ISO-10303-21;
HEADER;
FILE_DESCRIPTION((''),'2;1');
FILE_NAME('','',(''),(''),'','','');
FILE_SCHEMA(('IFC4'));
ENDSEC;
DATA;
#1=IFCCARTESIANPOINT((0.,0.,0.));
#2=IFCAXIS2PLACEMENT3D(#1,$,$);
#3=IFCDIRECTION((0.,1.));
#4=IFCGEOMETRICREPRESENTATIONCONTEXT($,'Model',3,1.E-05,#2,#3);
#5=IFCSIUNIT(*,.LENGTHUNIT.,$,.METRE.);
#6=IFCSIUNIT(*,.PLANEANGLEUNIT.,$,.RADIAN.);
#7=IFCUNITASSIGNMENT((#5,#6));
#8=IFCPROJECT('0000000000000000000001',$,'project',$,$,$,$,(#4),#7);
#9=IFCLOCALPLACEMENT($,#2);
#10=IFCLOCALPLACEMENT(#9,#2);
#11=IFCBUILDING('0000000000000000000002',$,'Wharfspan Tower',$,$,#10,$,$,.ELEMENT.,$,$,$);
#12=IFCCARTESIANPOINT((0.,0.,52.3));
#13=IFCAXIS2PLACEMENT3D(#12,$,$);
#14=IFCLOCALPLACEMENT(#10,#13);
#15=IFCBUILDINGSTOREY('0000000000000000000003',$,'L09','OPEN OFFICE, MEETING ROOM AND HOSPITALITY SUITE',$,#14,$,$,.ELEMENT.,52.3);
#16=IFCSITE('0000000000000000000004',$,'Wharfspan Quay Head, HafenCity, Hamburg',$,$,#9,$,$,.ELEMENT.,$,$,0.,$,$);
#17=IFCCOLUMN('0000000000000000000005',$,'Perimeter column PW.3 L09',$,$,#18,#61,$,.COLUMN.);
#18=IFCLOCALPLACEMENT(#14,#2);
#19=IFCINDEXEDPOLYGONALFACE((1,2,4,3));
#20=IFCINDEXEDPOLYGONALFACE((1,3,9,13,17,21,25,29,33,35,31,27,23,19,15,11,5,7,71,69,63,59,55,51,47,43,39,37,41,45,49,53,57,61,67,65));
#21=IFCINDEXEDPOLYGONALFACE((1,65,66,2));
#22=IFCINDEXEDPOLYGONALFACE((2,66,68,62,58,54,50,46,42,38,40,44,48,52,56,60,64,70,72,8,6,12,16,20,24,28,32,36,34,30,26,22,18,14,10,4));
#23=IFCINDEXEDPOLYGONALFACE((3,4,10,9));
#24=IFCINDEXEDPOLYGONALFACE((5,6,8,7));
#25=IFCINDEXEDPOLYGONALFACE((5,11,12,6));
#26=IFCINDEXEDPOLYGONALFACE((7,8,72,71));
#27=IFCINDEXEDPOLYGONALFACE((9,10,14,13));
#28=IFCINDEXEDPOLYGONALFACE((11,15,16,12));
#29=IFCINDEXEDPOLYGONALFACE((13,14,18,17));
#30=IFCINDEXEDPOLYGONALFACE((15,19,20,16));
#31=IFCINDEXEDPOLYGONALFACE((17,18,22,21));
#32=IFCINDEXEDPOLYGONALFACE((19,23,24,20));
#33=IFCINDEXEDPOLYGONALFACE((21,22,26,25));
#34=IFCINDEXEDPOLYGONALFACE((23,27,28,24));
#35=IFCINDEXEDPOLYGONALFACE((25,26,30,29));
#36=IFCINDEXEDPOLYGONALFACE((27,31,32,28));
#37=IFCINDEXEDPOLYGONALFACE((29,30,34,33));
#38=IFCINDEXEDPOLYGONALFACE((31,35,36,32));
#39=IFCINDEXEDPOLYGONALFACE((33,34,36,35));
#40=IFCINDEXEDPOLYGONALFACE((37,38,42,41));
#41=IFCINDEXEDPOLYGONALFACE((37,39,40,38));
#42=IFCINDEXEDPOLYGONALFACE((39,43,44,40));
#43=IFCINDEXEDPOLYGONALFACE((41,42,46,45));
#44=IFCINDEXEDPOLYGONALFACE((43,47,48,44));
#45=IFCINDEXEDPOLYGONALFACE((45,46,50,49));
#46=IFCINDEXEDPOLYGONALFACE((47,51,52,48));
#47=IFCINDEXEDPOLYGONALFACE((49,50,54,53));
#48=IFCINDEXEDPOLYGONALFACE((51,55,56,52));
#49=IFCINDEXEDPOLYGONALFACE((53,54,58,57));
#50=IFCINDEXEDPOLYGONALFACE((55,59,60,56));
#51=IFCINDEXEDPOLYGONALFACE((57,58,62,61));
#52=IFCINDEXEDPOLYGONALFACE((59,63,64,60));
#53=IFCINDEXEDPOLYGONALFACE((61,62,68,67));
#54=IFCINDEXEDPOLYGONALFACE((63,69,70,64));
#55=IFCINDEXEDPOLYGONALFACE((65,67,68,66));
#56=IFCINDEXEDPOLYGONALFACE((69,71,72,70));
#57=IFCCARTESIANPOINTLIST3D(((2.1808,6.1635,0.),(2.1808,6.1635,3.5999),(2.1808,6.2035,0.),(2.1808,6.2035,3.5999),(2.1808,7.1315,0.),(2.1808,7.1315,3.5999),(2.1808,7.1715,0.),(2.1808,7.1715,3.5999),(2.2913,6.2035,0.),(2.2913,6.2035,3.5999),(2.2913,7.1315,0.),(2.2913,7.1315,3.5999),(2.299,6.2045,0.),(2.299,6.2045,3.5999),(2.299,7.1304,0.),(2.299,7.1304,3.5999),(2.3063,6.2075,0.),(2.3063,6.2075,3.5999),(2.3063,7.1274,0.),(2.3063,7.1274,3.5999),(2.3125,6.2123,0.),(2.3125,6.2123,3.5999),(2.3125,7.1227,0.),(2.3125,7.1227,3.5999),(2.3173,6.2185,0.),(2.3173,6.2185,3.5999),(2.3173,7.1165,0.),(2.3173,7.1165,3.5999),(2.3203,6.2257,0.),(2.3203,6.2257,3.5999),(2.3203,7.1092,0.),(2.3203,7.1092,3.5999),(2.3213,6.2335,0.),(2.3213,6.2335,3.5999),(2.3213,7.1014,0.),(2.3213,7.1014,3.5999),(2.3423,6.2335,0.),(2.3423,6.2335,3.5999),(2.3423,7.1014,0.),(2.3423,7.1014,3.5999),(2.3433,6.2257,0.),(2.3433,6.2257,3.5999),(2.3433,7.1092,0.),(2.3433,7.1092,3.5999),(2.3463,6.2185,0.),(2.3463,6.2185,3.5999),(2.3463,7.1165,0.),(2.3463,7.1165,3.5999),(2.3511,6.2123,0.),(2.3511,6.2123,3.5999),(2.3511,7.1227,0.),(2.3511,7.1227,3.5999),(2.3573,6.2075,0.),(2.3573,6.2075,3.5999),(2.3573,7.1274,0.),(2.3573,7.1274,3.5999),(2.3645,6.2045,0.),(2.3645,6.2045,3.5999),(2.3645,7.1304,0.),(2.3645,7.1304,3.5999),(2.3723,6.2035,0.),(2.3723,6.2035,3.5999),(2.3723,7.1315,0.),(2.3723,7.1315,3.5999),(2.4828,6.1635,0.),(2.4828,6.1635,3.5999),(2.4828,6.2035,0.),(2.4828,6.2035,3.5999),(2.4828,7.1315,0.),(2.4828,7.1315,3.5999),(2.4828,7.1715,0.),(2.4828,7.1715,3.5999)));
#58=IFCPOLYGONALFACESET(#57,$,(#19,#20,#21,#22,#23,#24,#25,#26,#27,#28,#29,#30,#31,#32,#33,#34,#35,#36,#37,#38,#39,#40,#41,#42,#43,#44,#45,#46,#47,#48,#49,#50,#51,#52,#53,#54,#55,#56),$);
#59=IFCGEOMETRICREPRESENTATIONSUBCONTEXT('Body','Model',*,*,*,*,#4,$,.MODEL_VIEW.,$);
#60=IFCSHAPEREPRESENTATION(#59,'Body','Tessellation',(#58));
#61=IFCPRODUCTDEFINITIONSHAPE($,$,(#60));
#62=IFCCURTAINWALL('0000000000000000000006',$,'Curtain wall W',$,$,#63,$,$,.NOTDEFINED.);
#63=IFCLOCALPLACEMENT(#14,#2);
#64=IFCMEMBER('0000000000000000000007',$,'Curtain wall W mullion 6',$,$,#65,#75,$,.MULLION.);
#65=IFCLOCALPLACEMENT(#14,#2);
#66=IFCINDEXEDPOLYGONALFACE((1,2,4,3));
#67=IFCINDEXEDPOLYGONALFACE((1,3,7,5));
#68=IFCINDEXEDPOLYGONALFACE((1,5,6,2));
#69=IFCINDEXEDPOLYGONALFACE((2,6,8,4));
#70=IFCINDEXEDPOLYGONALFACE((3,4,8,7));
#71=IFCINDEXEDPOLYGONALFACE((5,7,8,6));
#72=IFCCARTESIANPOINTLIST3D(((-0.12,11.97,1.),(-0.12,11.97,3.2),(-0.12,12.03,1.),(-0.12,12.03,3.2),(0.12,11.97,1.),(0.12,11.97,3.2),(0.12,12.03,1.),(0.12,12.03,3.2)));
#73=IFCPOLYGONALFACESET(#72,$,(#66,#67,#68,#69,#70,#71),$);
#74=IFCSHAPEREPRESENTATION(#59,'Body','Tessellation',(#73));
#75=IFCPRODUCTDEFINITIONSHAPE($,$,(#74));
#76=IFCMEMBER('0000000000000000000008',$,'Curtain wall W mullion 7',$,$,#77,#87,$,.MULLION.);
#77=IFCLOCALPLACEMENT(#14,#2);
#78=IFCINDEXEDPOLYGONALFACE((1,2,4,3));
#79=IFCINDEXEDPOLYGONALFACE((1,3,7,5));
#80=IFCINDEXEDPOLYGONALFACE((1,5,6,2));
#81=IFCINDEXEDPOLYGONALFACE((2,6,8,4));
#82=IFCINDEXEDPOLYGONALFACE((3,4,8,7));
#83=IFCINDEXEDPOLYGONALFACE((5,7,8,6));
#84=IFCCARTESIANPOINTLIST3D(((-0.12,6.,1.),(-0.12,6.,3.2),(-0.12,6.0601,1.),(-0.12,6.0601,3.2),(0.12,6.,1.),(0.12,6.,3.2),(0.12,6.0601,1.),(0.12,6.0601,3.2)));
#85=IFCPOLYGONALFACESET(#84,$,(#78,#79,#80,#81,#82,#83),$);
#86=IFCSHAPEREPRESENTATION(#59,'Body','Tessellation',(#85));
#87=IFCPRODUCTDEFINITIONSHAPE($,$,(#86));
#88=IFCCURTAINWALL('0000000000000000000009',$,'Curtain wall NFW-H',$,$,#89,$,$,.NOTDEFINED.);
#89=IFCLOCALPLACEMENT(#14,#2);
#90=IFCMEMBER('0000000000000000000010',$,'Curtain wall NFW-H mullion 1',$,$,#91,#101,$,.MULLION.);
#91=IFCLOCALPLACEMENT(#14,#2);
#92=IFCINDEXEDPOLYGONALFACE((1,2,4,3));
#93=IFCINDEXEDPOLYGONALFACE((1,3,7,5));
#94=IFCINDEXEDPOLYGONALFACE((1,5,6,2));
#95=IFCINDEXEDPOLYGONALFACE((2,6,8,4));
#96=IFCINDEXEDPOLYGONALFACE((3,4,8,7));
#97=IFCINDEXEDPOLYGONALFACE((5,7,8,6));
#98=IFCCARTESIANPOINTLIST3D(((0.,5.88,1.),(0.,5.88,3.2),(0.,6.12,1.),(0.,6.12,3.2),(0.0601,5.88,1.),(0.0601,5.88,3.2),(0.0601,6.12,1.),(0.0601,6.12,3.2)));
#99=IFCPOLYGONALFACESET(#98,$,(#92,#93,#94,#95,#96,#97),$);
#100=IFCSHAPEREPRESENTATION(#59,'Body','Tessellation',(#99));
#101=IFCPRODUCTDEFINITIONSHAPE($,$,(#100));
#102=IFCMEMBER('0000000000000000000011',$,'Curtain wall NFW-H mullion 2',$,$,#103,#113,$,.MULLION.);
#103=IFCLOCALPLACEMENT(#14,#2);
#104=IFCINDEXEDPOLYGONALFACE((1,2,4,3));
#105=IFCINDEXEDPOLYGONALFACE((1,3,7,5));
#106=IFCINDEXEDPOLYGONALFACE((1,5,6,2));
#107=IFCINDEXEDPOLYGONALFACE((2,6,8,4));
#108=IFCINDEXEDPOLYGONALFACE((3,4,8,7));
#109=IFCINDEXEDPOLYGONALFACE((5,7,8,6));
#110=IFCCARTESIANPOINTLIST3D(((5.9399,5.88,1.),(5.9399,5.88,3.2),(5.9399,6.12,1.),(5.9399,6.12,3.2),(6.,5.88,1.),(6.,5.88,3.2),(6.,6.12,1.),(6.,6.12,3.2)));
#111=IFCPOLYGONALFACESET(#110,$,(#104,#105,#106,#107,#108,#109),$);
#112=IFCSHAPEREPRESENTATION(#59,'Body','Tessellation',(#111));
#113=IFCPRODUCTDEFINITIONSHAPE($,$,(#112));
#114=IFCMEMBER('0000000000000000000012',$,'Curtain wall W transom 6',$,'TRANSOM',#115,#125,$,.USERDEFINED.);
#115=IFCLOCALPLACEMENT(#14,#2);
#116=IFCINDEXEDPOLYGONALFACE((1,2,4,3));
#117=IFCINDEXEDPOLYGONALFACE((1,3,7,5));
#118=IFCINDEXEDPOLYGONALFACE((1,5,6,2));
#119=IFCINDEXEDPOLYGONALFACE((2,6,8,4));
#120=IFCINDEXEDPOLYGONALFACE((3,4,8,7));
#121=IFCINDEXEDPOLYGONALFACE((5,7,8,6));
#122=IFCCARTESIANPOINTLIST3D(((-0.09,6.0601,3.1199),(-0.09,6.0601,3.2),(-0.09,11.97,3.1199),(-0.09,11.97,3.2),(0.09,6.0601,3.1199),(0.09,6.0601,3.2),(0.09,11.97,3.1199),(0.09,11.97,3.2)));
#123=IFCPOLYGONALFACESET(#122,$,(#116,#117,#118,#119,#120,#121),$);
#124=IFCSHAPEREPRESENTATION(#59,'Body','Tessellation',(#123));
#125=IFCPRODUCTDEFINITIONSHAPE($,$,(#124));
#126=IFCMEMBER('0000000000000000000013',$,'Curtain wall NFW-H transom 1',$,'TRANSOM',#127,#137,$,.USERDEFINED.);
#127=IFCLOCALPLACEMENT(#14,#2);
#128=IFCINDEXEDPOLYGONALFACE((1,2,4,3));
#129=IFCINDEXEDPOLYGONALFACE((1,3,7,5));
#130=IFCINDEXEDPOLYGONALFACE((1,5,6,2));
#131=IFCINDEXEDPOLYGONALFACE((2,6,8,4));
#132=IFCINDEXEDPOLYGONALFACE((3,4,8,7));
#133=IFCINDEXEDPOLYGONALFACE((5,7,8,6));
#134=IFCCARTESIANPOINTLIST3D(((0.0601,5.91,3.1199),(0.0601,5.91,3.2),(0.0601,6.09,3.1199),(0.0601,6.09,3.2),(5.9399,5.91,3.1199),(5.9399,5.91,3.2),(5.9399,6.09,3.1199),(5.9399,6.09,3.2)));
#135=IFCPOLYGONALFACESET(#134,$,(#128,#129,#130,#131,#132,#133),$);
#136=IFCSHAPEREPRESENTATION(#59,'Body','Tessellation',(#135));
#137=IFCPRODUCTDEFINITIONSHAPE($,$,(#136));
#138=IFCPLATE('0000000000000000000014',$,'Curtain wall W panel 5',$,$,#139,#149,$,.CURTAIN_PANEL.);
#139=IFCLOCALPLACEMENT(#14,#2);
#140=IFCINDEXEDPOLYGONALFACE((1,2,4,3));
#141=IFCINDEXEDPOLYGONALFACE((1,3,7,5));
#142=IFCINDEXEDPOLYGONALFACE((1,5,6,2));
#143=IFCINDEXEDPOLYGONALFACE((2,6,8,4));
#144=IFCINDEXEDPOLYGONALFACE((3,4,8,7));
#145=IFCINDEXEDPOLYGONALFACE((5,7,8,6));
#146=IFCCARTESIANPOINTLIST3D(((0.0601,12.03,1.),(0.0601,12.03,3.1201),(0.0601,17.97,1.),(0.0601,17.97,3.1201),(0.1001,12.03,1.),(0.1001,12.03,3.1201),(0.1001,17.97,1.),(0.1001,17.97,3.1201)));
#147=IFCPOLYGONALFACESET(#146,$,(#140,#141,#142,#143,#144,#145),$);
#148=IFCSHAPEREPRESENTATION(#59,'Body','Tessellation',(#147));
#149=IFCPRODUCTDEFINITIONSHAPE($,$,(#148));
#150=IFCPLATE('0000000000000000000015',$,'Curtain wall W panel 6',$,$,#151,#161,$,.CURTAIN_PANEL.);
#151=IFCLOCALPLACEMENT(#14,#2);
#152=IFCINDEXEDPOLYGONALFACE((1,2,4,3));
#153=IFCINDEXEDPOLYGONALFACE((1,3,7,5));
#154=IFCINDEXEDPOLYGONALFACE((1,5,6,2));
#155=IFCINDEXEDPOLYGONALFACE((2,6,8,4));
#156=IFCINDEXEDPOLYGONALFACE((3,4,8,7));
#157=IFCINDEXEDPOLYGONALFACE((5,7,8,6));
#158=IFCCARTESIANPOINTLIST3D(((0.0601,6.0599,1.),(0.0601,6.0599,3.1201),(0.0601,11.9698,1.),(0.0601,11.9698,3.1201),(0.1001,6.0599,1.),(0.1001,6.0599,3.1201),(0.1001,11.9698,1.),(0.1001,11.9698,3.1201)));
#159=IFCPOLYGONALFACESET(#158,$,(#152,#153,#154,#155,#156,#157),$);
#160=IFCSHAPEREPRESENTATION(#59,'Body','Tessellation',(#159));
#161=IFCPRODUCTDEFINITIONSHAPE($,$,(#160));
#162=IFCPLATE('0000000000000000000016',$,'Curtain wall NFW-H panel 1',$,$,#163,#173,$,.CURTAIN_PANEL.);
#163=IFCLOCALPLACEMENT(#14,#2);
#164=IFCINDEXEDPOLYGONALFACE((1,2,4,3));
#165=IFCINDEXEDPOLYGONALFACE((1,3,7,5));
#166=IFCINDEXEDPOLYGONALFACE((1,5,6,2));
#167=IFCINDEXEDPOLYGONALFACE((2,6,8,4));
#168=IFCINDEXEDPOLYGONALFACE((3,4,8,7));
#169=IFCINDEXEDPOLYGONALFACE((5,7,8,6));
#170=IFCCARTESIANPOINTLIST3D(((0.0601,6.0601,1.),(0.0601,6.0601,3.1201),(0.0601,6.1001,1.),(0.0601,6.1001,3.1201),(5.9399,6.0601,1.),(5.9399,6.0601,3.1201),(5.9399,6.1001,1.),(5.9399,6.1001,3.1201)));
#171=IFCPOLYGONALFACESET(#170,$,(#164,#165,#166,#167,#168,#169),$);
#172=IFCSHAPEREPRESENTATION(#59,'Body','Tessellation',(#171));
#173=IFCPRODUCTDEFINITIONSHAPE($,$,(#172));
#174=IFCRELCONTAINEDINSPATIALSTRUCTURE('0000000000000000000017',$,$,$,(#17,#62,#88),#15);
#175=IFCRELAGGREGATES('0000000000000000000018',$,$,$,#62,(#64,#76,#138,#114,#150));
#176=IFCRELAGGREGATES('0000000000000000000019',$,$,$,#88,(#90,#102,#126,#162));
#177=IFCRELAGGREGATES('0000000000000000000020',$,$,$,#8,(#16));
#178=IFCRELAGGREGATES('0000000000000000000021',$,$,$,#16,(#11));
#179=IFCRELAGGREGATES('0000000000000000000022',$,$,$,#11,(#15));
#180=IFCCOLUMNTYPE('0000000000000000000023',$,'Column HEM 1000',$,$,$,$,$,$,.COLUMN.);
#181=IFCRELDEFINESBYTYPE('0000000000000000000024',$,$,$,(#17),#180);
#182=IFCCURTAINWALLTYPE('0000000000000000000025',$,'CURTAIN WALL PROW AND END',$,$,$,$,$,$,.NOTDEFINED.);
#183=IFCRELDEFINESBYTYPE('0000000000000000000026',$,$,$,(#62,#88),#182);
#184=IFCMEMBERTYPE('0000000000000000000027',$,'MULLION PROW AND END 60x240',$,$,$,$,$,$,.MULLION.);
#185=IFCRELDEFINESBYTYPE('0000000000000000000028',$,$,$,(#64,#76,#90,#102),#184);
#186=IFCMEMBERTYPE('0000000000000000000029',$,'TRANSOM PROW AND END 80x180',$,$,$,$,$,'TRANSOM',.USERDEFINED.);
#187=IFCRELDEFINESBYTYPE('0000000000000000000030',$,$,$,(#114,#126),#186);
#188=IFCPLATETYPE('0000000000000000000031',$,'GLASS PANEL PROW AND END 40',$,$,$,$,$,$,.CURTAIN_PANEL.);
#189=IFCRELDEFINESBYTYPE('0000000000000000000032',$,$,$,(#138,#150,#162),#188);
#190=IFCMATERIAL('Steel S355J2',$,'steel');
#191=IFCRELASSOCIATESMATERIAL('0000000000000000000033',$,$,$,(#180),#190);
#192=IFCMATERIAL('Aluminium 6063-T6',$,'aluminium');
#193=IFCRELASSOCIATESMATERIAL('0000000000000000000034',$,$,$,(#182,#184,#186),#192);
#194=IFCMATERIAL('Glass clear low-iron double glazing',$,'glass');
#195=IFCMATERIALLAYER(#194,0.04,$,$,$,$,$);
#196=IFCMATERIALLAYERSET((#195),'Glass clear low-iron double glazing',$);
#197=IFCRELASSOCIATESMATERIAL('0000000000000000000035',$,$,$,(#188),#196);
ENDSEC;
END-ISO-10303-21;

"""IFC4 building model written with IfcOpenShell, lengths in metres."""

from ifc_helpers import new_model, si_unit, direction, frame, origin, origin_2d, place, context, subcontext, project, spatial, rectangle, i_section, extrude, material, layer, layer_set, material_profile, profile_set, type_object, element, aggregate, save


model = new_model("IFC4")

# Units and contexts
model_context = context("Model", 3, precision=1e-05, world=origin(), true_north=direction((0.0, 1.0)))
body_context = subcontext(model_context, "Body", "Model", "MODEL_VIEW")
ifc_project = project(units=[si_unit("LENGTHUNIT", "METRE"), si_unit("PLANEANGLEUNIT", "RADIAN")], contexts=[model_context])

# Site, building, storey
site_placement = place(None, origin())
site = spatial("IfcSite", under=ifc_project, at=site_placement, Name="Wharfspan Quay Head, HafenCity, Hamburg", CompositionType="ELEMENT", RefElevation=0.0)
building_placement = place(site_placement, origin())
building = spatial("IfcBuilding", under=site, at=building_placement, Name="Wharfspan Tower", CompositionType="ELEMENT")
storey_placement = place(building_placement, frame((0.0, 0.0, 52.3)))
storey = spatial("IfcBuildingStorey", under=building, at=storey_placement, Name="L09", Description="OPEN OFFICE, MEETING ROOM AND HOSPITALITY SUITE", CompositionType="ELEMENT", Elevation=52.3)

# Column
ifc_material_1 = material(Name="Steel S355J2", Category="steel")
ifc_material_profile_1 = material_profile(ifc_material_1, i_section(OverallWidth=0.302, OverallDepth=1.0081, WebThickness=0.021, FlangeThickness=0.04, FilletRadius=0.03, at=origin_2d()))
ifc_profile_set_1 = profile_set([ifc_material_profile_1], Name="Steel S355J2")
column_type = type_object("IfcColumnType", Name="Column HEM 1000", PredefinedType="COLUMN", material=ifc_profile_set_1)
column_placement = place(storey_placement, frame((2.3318, 6.6675, 0.0), z_axis=(0.0, 0.0, 1.0), x_axis=(-1.0, 0.0, 0.0)))
element("IfcColumn", 1, at=column_placement, inside=storey, type_object=column_type, Name="Perimeter column PW.3 L09", PredefinedType="COLUMN", context=body_context, shape_type="SweptSolid", body=[
    extrude(i_section(OverallWidth=0.302, OverallDepth=1.0081, WebThickness=0.021, FlangeThickness=0.04, FilletRadius=0.03, at=origin_2d()), origin(), (0.0, 0.0, 1.0), 3.5999),
])

# Curtain walls, members
ifc_material_2 = material(Name="Aluminium 6063-T6", Category="aluminium")
curtain_wall_type = type_object("IfcCurtainWallType", Name="CURTAIN WALL PROW AND END", PredefinedType="NOTDEFINED", material=ifc_material_2)
curtain_wall_1_placement = place(storey_placement, origin())
curtain_wall_1 = element("IfcCurtainWall", 2, at=curtain_wall_1_placement, inside=storey, type_object=curtain_wall_type, Name="Curtain wall W", PredefinedType="NOTDEFINED")
ifc_material_profile_2 = material_profile(ifc_material_2, rectangle(XDim=0.24, YDim=0.0601, at=origin_2d()))
ifc_profile_set_2 = profile_set([ifc_material_profile_2], Name="Aluminium 6063-T6")
member_type_1 = type_object("IfcMemberType", Name="MULLION PROW AND END 60x240", PredefinedType="MULLION", material=ifc_profile_set_2)
member_1_placement = place(storey_placement, frame((0.0, 12.0, 1.0), z_axis=(0.0, 0.0, 1.0), x_axis=(1.0, 0.0, 0.0)))
member_1 = element("IfcMember", 3, at=member_1_placement, type_object=member_type_1, Name="Curtain wall W mullion 6", PredefinedType="MULLION", context=body_context, shape_type="SweptSolid", body=[
    extrude(rectangle(XDim=0.24, YDim=0.0601, at=origin_2d()), origin(), (0.0, 0.0, 1.0), 2.2),
])
member_2_placement = place(storey_placement, frame((0.0, 6.03, 1.0), z_axis=(0.0, 0.0, 1.0), x_axis=(1.0, 0.0, 0.0)))
member_2 = element("IfcMember", 4, at=member_2_placement, type_object=member_type_1, Name="Curtain wall W mullion 7", PredefinedType="MULLION", context=body_context, shape_type="SweptSolid", body=[
    extrude(rectangle(XDim=0.24, YDim=0.0601, at=origin_2d()), origin(), (0.0, 0.0, 1.0), 2.2),
])
curtain_wall_2_placement = place(storey_placement, origin())
curtain_wall_2 = element("IfcCurtainWall", 5, at=curtain_wall_2_placement, inside=storey, type_object=curtain_wall_type, Name="Curtain wall NFW-H", PredefinedType="NOTDEFINED")
member_3_placement = place(storey_placement, frame((0.03, 6.0, 1.0), z_axis=(0.0, 0.0, 1.0), x_axis=(0.0, 1.0, 0.0)))
member_3 = element("IfcMember", 6, at=member_3_placement, type_object=member_type_1, Name="Curtain wall NFW-H mullion 1", PredefinedType="MULLION", context=body_context, shape_type="SweptSolid", body=[
    extrude(rectangle(XDim=0.24, YDim=0.0601, at=origin_2d()), origin(), (0.0, 0.0, 1.0), 2.2),
])
member_4_placement = place(storey_placement, frame((5.97, 6.0, 1.0), z_axis=(0.0, 0.0, 1.0), x_axis=(0.0, 1.0, 0.0)))
member_4 = element("IfcMember", 7, at=member_4_placement, type_object=member_type_1, Name="Curtain wall NFW-H mullion 2", PredefinedType="MULLION", context=body_context, shape_type="SweptSolid", body=[
    extrude(rectangle(XDim=0.24, YDim=0.0601, at=origin_2d()), origin(), (0.0, 0.0, 1.0), 2.2),
])

# Members
ifc_material_profile_3 = material_profile(ifc_material_2, rectangle(XDim=0.1799, YDim=0.0801, at=origin_2d()))
ifc_profile_set_3 = profile_set([ifc_material_profile_3], Name="Aluminium 6063-T6")
member_type_2 = type_object("IfcMemberType", Name="TRANSOM PROW AND END 80x180", ElementType="TRANSOM", PredefinedType="USERDEFINED", material=ifc_profile_set_3)
member_5_placement = place(storey_placement, frame((0.0, 11.97, 3.1599), z_axis=(0.0, -1.0, 0.0), x_axis=(1.0, 0.0, 0.0)))
member_5 = element("IfcMember", 8, at=member_5_placement, type_object=member_type_2, Name="Curtain wall W transom 6", ObjectType="TRANSOM", PredefinedType="USERDEFINED", context=body_context, shape_type="SweptSolid", body=[
    extrude(rectangle(XDim=0.1799, YDim=0.0801, at=origin_2d()), origin(), (0.0, 0.0, 1.0), 5.9099),
])
member_6_placement = place(storey_placement, frame((0.0601, 6.0, 3.1599), z_axis=(1.0, 0.0, 0.0), x_axis=(0.0, 1.0, 0.0)))
member_6 = element("IfcMember", 9, at=member_6_placement, type_object=member_type_2, Name="Curtain wall NFW-H transom 1", ObjectType="TRANSOM", PredefinedType="USERDEFINED", context=body_context, shape_type="SweptSolid", body=[
    extrude(rectangle(XDim=0.1799, YDim=0.0801, at=origin_2d()), origin(), (0.0, 0.0, 1.0), 5.8799),
])

# Plates
ifc_material_3 = material(Name="Glass clear low-iron double glazing", Category="glass")
ifc_layer_1 = layer(ifc_material_3, 0.04)
ifc_layer_set_1 = layer_set([ifc_layer_1], Name="Glass clear low-iron double glazing")
plate_type = type_object("IfcPlateType", Name="GLASS PANEL PROW AND END 40", PredefinedType="CURTAIN_PANEL", material=ifc_layer_set_1)
plate_1_placement = place(storey_placement, frame((0.0801, 15.0, 1.0), z_axis=(0.0, 0.0, 1.0), x_axis=(0.0, -1.0, 0.0)))
plate_1 = element("IfcPlate", 10, at=plate_1_placement, type_object=plate_type, Name="Curtain wall W panel 5", PredefinedType="CURTAIN_PANEL", context=body_context, shape_type="SweptSolid", body=[
    extrude(rectangle(XDim=5.9399, YDim=0.04, at=origin_2d()), origin(), (0.0, 0.0, 1.0), 2.1201),
])
plate_2_placement = place(storey_placement, frame((0.0801, 9.0149, 1.0), z_axis=(0.0, 0.0, 1.0), x_axis=(0.0, -1.0, 0.0)))
plate_2 = element("IfcPlate", 11, at=plate_2_placement, type_object=plate_type, Name="Curtain wall W panel 6", PredefinedType="CURTAIN_PANEL", context=body_context, shape_type="SweptSolid", body=[
    extrude(rectangle(XDim=5.9099, YDim=0.04, at=origin_2d()), origin(), (0.0, 0.0, 1.0), 2.1201),
])
aggregate(curtain_wall_1, [member_1, member_2, plate_1, member_5, plate_2])
plate_3_placement = place(storey_placement, frame((3.0, 6.0801, 1.0), z_axis=(0.0, 0.0, 1.0), x_axis=(1.0, 0.0, 0.0)))
plate_3 = element("IfcPlate", 12, at=plate_3_placement, type_object=plate_type, Name="Curtain wall NFW-H panel 1", PredefinedType="CURTAIN_PANEL", context=body_context, shape_type="SweptSolid", body=[
    extrude(rectangle(XDim=5.8799, YDim=0.04, at=origin_2d()), origin(), (0.0, 0.0, 1.0), 2.1201),
])
aggregate(curtain_wall_2, [member_3, member_4, member_6, plate_3])

save(model, "model.ifc")
